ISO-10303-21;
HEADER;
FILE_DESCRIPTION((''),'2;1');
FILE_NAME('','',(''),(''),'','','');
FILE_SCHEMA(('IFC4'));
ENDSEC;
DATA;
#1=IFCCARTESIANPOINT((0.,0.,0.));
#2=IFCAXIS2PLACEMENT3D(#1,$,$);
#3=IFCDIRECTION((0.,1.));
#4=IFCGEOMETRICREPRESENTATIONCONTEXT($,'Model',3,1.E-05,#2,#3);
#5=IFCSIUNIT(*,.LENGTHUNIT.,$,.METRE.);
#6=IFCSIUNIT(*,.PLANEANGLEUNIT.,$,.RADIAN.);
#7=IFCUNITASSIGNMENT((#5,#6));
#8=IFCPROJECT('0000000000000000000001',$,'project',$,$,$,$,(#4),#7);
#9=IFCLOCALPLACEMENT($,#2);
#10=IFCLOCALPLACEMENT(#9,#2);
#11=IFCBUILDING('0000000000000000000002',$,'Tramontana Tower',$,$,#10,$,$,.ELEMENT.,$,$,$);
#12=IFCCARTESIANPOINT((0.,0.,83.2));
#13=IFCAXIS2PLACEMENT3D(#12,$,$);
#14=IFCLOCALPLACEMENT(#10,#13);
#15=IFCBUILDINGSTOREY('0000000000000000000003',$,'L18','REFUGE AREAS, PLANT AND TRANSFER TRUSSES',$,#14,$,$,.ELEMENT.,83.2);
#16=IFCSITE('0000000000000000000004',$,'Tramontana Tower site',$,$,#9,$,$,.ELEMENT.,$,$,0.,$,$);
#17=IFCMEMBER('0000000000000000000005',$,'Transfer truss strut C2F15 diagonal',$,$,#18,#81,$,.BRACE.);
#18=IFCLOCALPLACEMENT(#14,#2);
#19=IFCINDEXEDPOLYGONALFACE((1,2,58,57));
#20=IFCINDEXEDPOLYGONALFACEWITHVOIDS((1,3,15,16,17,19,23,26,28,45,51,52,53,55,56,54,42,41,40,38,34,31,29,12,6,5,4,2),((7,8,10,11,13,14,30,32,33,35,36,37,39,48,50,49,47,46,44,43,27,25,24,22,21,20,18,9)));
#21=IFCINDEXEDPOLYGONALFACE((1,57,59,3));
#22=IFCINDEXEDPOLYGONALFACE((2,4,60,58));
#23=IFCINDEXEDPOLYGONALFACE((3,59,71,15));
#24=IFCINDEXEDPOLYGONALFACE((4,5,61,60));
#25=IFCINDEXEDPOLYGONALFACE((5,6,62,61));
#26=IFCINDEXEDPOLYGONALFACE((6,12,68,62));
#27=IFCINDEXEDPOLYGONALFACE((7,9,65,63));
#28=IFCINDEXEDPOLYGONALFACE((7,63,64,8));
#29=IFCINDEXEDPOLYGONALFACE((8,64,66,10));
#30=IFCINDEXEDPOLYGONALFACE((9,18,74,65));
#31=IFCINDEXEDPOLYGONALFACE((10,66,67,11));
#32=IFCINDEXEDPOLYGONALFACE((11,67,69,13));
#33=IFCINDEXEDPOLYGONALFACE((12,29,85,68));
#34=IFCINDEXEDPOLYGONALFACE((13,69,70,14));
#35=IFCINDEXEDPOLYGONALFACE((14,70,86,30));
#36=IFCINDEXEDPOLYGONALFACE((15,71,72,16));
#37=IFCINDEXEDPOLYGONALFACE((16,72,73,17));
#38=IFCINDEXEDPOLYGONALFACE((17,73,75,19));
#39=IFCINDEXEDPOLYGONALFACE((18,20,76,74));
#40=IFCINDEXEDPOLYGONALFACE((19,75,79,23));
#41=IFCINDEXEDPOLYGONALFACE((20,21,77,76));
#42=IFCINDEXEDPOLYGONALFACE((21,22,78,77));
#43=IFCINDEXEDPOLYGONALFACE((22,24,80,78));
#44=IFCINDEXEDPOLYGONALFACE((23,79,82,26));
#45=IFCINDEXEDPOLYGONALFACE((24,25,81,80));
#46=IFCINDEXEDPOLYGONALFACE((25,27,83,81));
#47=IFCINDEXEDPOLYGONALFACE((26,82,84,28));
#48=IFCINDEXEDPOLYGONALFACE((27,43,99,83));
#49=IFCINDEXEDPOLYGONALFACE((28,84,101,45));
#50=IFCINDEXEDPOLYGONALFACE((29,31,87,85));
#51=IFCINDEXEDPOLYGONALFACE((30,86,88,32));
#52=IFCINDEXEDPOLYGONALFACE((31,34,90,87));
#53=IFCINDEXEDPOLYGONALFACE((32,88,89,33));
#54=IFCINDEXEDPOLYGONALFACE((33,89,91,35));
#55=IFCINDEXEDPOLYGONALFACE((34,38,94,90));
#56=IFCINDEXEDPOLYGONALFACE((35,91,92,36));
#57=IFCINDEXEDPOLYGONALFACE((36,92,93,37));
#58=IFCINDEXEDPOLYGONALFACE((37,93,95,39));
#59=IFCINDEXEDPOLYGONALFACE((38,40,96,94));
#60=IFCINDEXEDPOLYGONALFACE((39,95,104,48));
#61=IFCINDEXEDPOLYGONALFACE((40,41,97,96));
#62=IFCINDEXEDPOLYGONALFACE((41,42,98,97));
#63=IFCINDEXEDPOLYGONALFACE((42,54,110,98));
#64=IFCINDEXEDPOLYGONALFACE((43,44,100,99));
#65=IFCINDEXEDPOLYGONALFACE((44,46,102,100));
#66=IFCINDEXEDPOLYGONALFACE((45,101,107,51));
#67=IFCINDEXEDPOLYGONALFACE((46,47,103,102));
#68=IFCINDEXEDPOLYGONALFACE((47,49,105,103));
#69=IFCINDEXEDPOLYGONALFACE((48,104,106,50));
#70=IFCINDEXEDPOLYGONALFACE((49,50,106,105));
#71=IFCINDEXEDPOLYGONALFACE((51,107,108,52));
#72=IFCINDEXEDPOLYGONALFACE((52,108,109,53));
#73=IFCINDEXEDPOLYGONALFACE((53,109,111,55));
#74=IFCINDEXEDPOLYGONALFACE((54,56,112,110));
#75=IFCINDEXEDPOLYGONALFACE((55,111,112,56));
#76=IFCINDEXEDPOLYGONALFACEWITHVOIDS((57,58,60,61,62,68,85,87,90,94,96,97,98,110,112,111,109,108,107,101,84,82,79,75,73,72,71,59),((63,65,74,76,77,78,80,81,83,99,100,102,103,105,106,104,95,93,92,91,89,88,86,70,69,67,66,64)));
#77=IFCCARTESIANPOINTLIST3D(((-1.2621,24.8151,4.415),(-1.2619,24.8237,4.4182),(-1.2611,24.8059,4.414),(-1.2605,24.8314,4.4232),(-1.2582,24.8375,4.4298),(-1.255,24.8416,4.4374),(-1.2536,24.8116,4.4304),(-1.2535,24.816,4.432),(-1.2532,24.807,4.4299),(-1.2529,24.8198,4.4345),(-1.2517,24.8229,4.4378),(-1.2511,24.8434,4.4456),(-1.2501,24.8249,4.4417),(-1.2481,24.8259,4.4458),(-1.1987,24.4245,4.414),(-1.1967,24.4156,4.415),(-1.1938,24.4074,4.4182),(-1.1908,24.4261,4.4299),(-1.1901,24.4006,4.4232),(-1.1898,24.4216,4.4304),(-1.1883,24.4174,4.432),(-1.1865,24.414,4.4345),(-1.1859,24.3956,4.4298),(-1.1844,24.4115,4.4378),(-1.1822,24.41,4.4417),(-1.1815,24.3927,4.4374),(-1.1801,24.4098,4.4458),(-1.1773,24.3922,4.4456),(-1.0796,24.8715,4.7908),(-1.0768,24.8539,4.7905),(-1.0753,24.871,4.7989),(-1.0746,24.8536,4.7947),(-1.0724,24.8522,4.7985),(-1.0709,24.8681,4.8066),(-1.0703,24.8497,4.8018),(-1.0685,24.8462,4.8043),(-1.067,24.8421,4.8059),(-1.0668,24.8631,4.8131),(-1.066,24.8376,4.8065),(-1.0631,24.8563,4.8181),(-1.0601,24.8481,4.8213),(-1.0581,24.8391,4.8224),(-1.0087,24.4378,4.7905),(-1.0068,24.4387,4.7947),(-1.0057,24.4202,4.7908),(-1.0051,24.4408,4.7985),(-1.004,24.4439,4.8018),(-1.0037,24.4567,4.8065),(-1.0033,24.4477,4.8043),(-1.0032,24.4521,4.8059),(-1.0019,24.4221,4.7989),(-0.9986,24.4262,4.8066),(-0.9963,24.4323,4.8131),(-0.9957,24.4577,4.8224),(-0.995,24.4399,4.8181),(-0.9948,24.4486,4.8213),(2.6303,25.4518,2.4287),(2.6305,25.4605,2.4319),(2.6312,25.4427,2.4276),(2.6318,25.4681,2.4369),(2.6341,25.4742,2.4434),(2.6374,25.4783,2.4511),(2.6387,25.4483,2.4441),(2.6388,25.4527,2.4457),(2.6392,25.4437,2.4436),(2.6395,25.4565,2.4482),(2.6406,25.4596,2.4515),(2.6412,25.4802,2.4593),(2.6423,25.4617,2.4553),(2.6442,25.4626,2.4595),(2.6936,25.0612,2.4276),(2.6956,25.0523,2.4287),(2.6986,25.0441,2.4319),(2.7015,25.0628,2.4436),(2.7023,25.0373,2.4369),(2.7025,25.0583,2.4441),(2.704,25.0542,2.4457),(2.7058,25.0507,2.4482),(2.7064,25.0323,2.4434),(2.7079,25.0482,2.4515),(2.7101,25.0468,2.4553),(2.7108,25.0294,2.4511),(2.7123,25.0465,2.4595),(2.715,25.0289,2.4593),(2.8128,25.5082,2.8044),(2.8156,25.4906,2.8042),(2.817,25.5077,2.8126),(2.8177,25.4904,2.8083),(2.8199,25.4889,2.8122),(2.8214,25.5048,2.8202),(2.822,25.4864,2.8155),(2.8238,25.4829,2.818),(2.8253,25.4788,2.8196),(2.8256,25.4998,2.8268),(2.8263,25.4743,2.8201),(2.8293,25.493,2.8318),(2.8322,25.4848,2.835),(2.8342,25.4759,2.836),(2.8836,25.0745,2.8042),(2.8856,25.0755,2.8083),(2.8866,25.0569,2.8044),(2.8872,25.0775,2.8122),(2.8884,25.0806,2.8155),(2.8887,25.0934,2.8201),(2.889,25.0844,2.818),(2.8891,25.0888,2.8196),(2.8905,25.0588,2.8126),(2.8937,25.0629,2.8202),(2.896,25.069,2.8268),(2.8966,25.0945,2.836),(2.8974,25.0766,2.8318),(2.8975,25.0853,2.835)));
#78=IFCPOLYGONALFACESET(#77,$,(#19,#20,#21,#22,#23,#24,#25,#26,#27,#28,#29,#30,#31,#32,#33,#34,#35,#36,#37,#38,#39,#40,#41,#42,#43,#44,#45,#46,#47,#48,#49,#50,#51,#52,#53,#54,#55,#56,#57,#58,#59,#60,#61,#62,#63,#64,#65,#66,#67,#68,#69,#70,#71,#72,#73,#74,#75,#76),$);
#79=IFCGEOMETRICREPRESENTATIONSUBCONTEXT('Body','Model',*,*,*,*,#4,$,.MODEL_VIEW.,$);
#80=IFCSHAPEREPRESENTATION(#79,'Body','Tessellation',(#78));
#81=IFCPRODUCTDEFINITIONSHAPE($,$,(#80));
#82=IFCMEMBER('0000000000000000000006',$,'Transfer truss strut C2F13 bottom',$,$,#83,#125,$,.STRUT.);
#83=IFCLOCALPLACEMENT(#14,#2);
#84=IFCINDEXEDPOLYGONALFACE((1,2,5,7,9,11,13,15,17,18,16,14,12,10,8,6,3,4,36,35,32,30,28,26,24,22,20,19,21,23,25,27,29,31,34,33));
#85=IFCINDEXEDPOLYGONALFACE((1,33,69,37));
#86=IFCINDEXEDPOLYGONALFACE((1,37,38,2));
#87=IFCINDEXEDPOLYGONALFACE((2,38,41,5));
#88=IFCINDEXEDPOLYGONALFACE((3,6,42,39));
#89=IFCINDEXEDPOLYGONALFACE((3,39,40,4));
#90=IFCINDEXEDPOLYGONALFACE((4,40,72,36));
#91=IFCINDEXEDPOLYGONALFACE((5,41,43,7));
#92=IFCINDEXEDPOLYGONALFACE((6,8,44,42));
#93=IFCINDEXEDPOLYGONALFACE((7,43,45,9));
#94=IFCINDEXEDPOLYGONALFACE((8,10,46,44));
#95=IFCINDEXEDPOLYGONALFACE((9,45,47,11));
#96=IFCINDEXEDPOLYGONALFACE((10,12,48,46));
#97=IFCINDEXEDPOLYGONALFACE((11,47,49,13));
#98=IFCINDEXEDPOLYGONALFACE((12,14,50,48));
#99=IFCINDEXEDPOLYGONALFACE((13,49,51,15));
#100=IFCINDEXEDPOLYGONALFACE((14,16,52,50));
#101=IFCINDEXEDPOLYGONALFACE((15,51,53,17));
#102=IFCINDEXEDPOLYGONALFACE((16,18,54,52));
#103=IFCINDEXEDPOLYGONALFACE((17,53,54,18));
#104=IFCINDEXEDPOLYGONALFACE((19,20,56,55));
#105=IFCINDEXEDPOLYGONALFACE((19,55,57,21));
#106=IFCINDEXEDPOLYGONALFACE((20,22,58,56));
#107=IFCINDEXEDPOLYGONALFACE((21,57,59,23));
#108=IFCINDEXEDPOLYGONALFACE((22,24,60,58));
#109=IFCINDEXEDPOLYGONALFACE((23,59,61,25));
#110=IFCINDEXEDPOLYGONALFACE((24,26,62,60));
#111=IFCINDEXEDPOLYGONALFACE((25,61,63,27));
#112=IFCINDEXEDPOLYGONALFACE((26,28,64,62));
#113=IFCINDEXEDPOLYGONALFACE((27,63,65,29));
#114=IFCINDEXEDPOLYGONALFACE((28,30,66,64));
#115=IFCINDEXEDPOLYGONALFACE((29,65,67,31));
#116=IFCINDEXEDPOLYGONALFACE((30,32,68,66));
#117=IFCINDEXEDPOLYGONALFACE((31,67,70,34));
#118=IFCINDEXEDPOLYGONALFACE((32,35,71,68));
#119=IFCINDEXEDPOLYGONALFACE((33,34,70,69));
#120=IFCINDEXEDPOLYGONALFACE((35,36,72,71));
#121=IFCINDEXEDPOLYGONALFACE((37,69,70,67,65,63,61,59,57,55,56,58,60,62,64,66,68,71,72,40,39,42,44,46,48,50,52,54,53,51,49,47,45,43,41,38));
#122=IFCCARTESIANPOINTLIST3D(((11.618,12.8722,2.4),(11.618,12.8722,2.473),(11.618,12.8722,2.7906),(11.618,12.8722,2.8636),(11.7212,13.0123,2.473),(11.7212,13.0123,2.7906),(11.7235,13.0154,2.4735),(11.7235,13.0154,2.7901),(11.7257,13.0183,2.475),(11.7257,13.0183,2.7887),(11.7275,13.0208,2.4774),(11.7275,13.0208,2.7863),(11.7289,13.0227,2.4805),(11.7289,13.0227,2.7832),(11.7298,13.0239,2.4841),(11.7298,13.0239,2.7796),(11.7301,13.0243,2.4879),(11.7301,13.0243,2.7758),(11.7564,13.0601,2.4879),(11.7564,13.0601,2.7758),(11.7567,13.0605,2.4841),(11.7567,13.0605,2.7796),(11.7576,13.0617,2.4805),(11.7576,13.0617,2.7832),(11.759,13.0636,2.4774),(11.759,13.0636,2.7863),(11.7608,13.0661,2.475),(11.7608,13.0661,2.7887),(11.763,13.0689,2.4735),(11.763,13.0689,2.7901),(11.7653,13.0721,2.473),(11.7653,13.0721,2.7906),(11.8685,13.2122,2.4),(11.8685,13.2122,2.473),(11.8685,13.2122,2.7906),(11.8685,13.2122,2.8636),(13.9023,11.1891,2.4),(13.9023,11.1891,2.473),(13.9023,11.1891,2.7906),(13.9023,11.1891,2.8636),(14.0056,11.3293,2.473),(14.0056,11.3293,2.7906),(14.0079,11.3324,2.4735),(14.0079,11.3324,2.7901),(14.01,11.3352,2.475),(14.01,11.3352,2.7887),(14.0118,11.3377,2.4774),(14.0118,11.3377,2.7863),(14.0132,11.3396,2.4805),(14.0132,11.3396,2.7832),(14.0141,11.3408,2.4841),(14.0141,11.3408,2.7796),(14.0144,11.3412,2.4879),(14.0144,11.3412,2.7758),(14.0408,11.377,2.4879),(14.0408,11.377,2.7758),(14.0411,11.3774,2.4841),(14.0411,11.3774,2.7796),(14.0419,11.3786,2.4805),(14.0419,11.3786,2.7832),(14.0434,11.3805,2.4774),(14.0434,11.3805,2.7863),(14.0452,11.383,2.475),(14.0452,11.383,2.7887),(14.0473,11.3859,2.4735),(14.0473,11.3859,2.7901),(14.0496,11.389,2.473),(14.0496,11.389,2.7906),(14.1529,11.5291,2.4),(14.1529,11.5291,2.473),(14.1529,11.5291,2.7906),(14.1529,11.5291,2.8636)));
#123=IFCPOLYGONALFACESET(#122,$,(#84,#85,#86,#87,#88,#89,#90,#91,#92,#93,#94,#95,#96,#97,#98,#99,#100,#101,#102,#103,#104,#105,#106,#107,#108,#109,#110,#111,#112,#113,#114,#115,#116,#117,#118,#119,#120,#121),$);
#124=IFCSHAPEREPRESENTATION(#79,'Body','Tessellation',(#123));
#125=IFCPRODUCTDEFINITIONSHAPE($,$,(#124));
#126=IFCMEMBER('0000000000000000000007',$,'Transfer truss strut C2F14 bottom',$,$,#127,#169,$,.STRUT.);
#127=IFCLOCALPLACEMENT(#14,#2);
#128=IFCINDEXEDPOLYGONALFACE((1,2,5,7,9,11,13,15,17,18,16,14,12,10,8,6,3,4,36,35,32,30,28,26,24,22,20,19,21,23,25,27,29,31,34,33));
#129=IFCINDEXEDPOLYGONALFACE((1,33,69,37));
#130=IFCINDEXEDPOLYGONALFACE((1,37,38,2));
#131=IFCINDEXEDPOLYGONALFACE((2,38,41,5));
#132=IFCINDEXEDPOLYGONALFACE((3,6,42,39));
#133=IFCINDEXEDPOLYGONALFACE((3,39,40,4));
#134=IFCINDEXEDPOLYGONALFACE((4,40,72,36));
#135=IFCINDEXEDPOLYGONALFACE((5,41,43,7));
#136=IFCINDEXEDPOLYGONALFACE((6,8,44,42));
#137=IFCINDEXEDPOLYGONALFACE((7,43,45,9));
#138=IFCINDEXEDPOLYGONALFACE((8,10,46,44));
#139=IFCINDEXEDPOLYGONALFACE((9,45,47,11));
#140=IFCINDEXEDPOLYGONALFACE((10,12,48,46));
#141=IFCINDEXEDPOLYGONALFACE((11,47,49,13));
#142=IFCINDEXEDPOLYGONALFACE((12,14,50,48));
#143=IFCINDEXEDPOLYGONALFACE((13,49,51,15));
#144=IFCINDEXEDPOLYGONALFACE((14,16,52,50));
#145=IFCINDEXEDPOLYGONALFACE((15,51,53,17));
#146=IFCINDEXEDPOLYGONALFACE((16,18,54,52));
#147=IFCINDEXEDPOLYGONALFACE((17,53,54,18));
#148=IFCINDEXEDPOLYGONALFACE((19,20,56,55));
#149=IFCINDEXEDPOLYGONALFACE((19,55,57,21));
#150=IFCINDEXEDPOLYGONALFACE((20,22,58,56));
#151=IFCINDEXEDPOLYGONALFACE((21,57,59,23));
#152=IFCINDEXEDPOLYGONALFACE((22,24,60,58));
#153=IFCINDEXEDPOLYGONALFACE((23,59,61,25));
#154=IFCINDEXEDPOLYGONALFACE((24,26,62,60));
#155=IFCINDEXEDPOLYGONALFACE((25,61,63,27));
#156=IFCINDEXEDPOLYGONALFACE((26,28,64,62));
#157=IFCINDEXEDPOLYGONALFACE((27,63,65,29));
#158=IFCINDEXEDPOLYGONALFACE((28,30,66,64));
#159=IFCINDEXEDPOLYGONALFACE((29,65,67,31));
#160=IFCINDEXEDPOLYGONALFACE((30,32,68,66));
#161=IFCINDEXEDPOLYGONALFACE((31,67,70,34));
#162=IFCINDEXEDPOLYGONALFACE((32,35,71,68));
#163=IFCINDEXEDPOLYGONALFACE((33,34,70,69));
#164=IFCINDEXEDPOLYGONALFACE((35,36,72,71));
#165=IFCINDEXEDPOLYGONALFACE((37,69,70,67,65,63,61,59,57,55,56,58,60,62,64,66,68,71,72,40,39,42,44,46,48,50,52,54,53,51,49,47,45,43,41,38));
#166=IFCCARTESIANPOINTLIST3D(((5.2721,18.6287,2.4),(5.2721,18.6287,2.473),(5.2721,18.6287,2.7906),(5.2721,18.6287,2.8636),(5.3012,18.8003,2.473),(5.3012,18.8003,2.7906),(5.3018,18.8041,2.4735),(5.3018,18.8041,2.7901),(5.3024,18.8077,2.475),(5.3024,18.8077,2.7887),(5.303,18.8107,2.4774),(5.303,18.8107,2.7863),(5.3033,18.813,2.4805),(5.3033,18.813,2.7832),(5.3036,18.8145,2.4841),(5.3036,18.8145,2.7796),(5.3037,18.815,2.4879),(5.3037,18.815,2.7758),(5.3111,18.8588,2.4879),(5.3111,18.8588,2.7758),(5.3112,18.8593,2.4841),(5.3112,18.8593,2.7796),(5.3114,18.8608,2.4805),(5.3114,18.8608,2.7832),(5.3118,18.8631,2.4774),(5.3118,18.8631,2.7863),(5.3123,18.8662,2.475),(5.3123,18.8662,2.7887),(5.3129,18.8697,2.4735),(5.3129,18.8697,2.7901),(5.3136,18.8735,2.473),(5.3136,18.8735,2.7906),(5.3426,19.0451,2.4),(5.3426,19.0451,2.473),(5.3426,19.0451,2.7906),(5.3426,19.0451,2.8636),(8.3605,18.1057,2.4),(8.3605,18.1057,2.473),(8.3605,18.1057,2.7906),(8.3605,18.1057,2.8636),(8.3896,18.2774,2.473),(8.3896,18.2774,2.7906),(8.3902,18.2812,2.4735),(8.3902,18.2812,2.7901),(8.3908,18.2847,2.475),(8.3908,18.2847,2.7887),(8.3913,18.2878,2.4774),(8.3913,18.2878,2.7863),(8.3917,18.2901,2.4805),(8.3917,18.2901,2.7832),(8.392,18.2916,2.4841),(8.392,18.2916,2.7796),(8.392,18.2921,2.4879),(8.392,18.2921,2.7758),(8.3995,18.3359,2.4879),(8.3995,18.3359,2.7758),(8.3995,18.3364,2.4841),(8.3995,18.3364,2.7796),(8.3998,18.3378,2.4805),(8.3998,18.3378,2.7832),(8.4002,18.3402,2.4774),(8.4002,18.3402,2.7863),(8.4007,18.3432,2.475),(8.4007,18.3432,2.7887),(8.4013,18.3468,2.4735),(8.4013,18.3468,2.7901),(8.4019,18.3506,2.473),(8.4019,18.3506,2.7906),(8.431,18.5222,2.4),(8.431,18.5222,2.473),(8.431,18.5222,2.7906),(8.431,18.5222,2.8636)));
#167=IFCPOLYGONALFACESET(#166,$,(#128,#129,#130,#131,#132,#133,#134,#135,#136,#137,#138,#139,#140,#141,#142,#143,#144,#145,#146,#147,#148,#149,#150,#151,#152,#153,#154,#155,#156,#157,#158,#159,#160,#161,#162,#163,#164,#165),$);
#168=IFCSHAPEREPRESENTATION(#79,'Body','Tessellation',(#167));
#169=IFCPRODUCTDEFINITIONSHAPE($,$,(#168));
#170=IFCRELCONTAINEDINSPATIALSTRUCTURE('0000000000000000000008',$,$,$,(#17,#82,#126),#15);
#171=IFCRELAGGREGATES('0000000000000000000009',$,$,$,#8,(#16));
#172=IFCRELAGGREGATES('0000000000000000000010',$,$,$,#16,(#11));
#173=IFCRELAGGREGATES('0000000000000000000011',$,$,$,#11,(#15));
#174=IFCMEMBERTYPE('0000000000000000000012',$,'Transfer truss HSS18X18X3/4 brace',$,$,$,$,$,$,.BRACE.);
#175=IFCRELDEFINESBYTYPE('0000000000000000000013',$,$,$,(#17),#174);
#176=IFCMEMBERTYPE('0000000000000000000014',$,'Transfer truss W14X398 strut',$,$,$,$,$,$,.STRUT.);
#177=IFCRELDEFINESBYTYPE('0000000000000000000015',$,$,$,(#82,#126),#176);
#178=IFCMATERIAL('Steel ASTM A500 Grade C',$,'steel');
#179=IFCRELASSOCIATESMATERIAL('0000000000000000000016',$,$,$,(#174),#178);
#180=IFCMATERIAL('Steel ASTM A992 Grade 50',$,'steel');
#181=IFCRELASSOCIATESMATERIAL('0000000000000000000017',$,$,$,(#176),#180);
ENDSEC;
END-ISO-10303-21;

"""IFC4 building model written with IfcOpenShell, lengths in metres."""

from ifc_helpers import new_model, si_unit, direction, frame, origin, origin_2d, place, context, subcontext, project, spatial, hollow_rectangle, i_section, extrude, material, material_profile, profile_set, type_object, element, save


model = new_model("IFC4")

# Units and contexts
model_context = context("Model", 3, precision=1e-05, world=origin(), true_north=direction((0.0, 1.0)))
body_context = subcontext(model_context, "Body", "Model", "MODEL_VIEW")
ifc_project = project(units=[si_unit("LENGTHUNIT", "METRE"), si_unit("PLANEANGLEUNIT", "RADIAN")], contexts=[model_context])

# Site, building, storey
site_placement = place(None, origin())
site = spatial("IfcSite", under=ifc_project, at=site_placement, Name="Tramontana Tower site", CompositionType="ELEMENT", RefElevation=0.0)
building_placement = place(site_placement, origin())
building = spatial("IfcBuilding", under=site, at=building_placement, Name="Tramontana Tower", CompositionType="ELEMENT")
storey_placement = place(building_placement, frame((0.0, 0.0, 83.2)))
storey = spatial("IfcBuildingStorey", under=building, at=storey_placement, Name="L18", Description="REFUGE AREAS, PLANT AND TRANSFER TRUSSES", CompositionType="ELEMENT", Elevation=83.2)

# Members
ifc_material_1 = material(Name="Steel ASTM A500 Grade C", Category="steel")
ifc_material_profile_1 = material_profile(ifc_material_1, hollow_rectangle(XDim=0.4573, YDim=0.4573, WallThickness=0.0178, InnerFilletRadius=0.0178, OuterFilletRadius=0.0354, at=origin_2d()), Name="HSS18X18X3/4")
ifc_profile_set_1 = profile_set([ifc_material_profile_1], Name="Steel ASTM A500 Grade C")
member_type_1 = type_object("IfcMemberType", Name="Transfer truss HSS18X18X3/4 brace", PredefinedType="BRACE", material=ifc_profile_set_1)
member_1_placement = place(storey_placement, frame((2.7639, 25.2686, 2.6318), z_axis=(-0.881414, -0.144184, 0.449801), x_axis=(0.161437, -0.986883, 0.0)))
element("IfcMember", 1, at=member_1_placement, inside=storey, type_object=member_type_1, Name="Transfer truss strut C2F15 diagonal", PredefinedType="BRACE", context=body_context, shape_type="SweptSolid", body=[
    extrude(hollow_rectangle(XDim=0.4573, YDim=0.4573, WallThickness=0.0178, InnerFilletRadius=0.0178, OuterFilletRadius=0.0354, at=origin_2d()), origin(), (0.0, 0.0, 1.0), 4.416),
])
ifc_material_2 = material(Name="Steel ASTM A992 Grade 50", Category="steel")
ifc_material_profile_2 = material_profile(ifc_material_2, i_section(OverallWidth=0.4224, OverallDepth=0.4636, WebThickness=0.0444, FlangeThickness=0.073, FilletRadius=0.0149, at=origin_2d()), Name="W14X398")
ifc_profile_set_2 = profile_set([ifc_material_profile_2], Name="Steel ASTM A992 Grade 50")
member_type_2 = type_object("IfcMemberType", Name="Transfer truss W14X398 strut", PredefinedType="STRUT", material=ifc_profile_set_2)
member_2_placement = place(storey_placement, frame((14.0276, 11.3591, 2.6318), z_axis=(-0.805082, 0.593164, 0.0), x_axis=(-0.593164, -0.805082, 0.0)))
element("IfcMember", 2, at=member_2_placement, inside=storey, type_object=member_type_2, Name="Transfer truss strut C2F13 bottom", PredefinedType="STRUT", context=body_context, shape_type="SweptSolid", body=[
    extrude(i_section(OverallWidth=0.4224, OverallDepth=0.4636, WebThickness=0.0444, FlangeThickness=0.073, FilletRadius=0.0149, at=origin_2d()), origin(), (0.0, 0.0, 1.0), 2.8374),
])
member_3_placement = place(storey_placement, frame((8.3958, 18.314, 2.6318), z_axis=(-0.985965, 0.166952, 0.0), x_axis=(-0.166952, -0.985965, 0.0)))
element("IfcMember", 3, at=member_3_placement, inside=storey, type_object=member_type_2, Name="Transfer truss strut C2F14 bottom", PredefinedType="STRUT", context=body_context, shape_type="SweptSolid", body=[
    extrude(i_section(OverallWidth=0.4224, OverallDepth=0.4636, WebThickness=0.0444, FlangeThickness=0.073, FilletRadius=0.0149, at=origin_2d()), origin(), (0.0, 0.0, 1.0), 3.1323),
])

save(model, "model.ifc")
